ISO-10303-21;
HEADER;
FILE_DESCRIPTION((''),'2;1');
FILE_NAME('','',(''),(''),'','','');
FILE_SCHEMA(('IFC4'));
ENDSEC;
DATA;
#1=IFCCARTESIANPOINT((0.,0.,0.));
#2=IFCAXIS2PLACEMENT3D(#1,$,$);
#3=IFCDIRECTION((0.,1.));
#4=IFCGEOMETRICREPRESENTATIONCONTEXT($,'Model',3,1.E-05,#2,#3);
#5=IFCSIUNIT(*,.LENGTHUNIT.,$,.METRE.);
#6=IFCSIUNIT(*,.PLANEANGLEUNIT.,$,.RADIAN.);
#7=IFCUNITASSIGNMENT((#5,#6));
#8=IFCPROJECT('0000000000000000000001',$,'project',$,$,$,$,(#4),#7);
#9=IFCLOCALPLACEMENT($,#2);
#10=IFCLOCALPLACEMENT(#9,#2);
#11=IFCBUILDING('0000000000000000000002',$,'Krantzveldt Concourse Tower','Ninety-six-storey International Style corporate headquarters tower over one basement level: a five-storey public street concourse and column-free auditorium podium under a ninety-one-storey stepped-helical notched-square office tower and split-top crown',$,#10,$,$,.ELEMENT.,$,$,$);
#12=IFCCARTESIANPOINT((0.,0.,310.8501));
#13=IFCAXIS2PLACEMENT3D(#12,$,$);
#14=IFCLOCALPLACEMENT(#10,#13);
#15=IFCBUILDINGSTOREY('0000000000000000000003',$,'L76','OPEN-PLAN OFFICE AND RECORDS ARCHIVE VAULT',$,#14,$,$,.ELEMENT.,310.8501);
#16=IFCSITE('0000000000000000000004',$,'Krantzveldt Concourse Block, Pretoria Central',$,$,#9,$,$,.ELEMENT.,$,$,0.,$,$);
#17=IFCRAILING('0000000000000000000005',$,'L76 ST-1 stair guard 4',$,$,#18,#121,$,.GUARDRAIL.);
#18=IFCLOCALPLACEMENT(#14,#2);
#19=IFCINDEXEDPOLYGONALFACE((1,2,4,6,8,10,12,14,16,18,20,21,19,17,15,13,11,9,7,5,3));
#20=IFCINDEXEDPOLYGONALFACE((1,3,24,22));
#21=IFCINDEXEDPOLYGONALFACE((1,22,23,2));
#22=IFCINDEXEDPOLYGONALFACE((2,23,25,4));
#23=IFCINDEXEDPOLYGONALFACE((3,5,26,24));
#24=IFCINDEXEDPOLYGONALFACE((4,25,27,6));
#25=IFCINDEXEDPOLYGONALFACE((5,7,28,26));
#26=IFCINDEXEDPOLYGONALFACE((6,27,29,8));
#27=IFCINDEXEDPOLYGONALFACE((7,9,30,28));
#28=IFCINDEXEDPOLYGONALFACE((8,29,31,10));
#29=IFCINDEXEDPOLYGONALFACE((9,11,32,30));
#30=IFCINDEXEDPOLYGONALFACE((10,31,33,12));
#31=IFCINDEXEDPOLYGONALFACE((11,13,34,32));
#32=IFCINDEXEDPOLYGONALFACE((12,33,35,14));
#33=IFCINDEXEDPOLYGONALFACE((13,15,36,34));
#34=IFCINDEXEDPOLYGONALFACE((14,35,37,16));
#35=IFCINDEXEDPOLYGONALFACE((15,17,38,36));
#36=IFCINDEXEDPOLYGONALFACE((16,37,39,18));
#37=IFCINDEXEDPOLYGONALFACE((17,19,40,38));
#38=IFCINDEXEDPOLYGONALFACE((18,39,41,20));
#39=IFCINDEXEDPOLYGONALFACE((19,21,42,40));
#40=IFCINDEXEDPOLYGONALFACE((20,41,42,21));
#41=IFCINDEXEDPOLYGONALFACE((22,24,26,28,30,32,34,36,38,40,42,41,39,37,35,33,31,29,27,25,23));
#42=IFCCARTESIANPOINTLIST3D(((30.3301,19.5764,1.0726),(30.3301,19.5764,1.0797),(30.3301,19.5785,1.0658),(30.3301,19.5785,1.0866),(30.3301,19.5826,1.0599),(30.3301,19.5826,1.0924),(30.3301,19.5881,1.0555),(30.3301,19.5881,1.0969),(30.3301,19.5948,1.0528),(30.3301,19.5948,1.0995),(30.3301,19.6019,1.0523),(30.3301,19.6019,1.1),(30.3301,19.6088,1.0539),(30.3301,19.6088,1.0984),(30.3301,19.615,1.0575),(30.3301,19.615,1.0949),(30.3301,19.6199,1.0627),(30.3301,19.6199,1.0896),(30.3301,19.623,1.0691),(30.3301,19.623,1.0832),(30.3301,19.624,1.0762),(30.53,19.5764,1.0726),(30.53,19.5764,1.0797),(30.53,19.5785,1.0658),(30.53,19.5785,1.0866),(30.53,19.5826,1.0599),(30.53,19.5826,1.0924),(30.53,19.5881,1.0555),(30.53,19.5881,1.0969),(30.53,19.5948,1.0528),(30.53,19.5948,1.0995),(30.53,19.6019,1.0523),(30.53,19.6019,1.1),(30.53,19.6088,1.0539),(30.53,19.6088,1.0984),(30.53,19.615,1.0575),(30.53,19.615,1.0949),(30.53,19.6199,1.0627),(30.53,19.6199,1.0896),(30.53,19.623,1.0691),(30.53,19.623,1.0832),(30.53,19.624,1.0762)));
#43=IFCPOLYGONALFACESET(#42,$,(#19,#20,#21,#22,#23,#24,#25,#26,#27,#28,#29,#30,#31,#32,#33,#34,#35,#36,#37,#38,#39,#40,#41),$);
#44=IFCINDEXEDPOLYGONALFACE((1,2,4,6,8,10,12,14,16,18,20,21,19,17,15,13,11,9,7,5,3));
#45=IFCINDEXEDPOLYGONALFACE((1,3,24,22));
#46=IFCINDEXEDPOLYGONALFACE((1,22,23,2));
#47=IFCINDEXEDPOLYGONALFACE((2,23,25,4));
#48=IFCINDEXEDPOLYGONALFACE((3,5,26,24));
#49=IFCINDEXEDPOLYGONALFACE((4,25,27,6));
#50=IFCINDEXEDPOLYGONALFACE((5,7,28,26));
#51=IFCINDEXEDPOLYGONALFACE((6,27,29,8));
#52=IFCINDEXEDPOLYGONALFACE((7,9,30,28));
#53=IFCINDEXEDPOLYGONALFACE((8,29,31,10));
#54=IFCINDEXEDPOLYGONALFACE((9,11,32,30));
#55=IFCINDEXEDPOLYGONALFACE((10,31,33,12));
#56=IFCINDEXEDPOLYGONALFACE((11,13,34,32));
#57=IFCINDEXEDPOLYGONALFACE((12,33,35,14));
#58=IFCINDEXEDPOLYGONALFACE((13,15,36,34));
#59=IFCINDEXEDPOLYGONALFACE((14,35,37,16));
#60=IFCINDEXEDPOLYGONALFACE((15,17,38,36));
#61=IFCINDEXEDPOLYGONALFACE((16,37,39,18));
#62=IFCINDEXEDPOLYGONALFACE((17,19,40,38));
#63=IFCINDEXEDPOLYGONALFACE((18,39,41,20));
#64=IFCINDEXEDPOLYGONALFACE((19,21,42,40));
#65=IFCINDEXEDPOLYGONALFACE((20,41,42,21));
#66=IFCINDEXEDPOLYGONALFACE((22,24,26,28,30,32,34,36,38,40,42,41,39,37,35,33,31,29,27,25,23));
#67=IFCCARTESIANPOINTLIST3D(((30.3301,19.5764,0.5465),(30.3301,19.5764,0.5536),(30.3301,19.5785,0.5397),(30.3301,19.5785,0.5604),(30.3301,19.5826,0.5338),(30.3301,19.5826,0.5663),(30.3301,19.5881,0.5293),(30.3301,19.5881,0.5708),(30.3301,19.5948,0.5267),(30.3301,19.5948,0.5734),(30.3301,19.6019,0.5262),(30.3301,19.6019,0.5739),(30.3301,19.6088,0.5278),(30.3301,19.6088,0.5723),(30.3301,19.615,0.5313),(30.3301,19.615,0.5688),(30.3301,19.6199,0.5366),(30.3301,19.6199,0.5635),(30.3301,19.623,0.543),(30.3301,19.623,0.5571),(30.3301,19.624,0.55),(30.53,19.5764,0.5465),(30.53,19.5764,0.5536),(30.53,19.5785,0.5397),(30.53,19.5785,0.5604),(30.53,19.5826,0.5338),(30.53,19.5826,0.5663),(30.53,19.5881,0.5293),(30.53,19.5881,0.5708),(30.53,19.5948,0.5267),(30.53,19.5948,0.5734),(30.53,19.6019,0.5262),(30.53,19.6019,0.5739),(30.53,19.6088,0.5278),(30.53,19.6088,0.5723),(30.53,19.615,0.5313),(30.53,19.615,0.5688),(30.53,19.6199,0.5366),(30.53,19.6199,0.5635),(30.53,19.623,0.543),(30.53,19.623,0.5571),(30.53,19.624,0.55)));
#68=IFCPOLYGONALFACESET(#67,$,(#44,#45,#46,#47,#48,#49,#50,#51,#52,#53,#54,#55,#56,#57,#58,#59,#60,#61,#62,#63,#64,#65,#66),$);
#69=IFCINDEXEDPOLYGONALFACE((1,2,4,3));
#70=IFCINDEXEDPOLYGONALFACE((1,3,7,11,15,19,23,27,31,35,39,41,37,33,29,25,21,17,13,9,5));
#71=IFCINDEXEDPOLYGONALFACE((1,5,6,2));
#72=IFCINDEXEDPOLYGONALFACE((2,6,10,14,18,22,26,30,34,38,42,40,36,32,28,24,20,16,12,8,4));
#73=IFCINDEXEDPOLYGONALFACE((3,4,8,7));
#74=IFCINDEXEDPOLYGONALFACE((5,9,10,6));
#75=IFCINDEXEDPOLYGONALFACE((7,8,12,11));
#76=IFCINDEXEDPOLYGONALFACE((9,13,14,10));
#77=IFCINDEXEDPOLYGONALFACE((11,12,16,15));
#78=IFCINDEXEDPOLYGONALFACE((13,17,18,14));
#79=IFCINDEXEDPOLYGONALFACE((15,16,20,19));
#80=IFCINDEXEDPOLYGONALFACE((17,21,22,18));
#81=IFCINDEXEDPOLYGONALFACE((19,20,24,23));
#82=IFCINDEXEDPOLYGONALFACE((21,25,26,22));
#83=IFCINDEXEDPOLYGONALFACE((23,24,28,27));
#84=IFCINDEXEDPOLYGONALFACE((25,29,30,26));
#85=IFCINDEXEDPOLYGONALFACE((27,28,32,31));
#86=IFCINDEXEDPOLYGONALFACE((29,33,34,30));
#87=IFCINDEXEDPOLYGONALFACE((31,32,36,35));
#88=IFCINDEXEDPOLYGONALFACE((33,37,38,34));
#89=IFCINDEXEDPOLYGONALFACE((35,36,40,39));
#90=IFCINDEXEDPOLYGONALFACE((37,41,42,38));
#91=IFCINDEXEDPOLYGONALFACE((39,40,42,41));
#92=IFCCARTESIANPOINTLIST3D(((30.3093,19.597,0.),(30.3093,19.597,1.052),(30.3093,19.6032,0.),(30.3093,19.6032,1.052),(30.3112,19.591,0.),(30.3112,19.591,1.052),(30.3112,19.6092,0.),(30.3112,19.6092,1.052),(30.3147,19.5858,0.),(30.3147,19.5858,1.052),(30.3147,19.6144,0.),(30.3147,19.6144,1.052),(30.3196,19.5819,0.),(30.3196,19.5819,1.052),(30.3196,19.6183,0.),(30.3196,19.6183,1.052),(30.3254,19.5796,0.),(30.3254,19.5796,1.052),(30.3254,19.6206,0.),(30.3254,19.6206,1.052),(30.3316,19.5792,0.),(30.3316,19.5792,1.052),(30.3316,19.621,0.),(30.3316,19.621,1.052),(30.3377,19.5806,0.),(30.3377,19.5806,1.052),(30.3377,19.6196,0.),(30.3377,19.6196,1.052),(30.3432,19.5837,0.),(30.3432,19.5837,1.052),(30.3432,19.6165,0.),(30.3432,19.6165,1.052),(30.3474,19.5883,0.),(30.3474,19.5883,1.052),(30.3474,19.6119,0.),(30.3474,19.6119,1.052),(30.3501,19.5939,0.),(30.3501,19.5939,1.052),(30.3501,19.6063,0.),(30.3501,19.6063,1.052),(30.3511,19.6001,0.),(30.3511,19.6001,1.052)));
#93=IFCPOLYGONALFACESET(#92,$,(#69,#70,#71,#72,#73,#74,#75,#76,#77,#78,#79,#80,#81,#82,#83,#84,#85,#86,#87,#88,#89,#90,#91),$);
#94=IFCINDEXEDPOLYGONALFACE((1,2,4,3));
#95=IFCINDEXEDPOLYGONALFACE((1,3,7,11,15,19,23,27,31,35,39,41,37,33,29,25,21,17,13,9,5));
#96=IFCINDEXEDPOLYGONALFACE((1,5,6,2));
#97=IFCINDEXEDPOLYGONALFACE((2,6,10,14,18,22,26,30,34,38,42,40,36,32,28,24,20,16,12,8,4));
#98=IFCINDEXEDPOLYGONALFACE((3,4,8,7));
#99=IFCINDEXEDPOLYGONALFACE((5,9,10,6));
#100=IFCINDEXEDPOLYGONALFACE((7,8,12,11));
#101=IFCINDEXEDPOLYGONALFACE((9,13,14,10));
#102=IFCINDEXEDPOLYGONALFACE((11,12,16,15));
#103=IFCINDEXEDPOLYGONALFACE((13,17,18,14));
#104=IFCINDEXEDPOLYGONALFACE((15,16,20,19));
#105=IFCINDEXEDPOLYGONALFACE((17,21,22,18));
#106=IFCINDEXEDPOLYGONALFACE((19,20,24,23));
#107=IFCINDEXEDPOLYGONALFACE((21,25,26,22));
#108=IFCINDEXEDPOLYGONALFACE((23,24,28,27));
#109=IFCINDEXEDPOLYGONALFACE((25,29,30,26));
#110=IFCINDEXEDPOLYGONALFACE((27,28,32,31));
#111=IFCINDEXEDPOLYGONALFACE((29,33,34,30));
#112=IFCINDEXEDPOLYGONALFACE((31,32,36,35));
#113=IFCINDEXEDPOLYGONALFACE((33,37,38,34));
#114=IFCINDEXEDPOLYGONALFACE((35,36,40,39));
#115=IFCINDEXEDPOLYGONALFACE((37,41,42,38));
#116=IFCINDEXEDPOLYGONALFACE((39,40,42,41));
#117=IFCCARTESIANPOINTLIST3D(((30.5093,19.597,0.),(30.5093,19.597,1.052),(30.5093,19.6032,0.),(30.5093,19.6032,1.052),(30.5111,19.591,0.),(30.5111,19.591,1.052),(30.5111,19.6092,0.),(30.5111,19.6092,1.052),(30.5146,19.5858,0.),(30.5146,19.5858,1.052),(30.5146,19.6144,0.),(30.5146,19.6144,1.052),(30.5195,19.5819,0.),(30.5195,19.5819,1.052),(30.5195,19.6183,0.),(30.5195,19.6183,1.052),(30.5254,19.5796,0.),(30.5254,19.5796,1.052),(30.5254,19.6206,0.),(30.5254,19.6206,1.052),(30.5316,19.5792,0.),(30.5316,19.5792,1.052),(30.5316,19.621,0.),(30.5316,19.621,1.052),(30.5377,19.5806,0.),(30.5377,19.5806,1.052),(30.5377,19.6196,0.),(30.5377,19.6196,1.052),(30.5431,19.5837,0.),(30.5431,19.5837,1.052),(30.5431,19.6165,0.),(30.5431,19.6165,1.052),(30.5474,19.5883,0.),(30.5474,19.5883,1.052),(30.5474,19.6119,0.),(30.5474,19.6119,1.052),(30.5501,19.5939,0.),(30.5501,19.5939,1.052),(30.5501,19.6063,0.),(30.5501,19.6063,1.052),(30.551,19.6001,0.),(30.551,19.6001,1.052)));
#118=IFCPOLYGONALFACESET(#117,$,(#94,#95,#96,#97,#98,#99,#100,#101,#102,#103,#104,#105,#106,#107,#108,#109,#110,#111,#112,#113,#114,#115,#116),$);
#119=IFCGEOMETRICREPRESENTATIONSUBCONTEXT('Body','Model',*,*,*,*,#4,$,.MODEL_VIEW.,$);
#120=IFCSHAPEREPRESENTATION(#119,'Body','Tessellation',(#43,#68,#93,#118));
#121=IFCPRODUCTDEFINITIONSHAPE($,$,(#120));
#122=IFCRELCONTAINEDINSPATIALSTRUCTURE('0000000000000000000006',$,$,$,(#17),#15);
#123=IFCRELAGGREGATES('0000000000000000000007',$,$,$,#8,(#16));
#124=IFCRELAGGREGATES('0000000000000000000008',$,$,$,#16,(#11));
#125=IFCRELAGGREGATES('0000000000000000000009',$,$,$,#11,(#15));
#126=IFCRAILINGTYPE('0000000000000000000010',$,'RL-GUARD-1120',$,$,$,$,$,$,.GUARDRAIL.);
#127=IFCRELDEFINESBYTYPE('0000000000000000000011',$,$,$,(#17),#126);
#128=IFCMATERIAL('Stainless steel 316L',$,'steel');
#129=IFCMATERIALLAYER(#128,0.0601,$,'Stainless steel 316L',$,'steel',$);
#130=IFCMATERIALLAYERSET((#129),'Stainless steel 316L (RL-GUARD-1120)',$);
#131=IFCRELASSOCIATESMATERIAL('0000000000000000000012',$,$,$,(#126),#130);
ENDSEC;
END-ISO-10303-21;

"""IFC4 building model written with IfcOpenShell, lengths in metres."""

from ifc_helpers import new_model, si_unit, direction, frame, origin, origin_2d, place, context, subcontext, project, spatial, circle, extrude, material, layer, layer_set, type_object, element, save


model = new_model("IFC4")

# Units and contexts
model_context = context("Model", 3, precision=1e-05, world=origin(), true_north=direction((0.0, 1.0)))
body_context = subcontext(model_context, "Body", "Model", "MODEL_VIEW")
ifc_project = project(units=[si_unit("LENGTHUNIT", "METRE"), si_unit("PLANEANGLEUNIT", "RADIAN")], contexts=[model_context])

# Site, building, storey
site_placement = place(None, origin())
site = spatial("IfcSite", under=ifc_project, at=site_placement, Name="Krantzveldt Concourse Block, Pretoria Central", CompositionType="ELEMENT", RefElevation=0.0)
building_placement = place(site_placement, origin())
building = spatial("IfcBuilding", under=site, at=building_placement, Name="Krantzveldt Concourse Tower", Description="Ninety-six-storey International Style corporate headquarters tower over one basement level: a five-storey public street concourse and column-free auditorium podium under a ninety-one-storey stepped-helical notched-square office tower and split-top crown", CompositionType="ELEMENT")
storey_placement = place(building_placement, frame((0.0, 0.0, 310.8501)))
storey = spatial("IfcBuildingStorey", under=building, at=storey_placement, Name="L76", Description="OPEN-PLAN OFFICE AND RECORDS ARCHIVE VAULT", CompositionType="ELEMENT", Elevation=310.8501)

# Shared definitions
ifc_material_1 = material(Name="Stainless steel 316L", Category="steel")

# Railing
ifc_layer_1 = layer(ifc_material_1, 0.0601, Name="Stainless steel 316L", Category="steel")
ifc_layer_set_1 = layer_set([ifc_layer_1], Name="Stainless steel 316L (RL-GUARD-1120)")
railing_type_1 = type_object("IfcRailingType", Name="RL-GUARD-1120", PredefinedType="GUARDRAIL", material=ifc_layer_set_1)
railing_1_placement = place(storey_placement, frame((30.3301, 19.6001, 0.0)))
element("IfcRailing", 1, at=railing_1_placement, inside=storey, type_object=railing_type_1, Name="L76 ST-1 stair guard 4", PredefinedType="GUARDRAIL", context=body_context, shape_type="SweptSolid", body=[
    extrude(circle(Radius=0.0239, at=origin_2d()), frame((0.0, 0.0, 1.0762), z_axis=(1.0, 0.0, 0.0), x_axis=(0.0, 1.0, 0.0)), (0.0, 0.0, 1.0), 0.2),
    extrude(circle(Radius=0.0239, at=origin_2d()), frame((0.0, 0.0, 0.55), z_axis=(1.0, 0.0, 0.0), x_axis=(0.0, 1.0, 0.0)), (0.0, 0.0, 1.0), 0.2),
    extrude(circle(Radius=0.021, at=origin_2d()), origin(), (0.0, 0.0, 1.0), 1.052),
    extrude(circle(Radius=0.021, at=origin_2d()), frame((0.2, 0.0, 0.0)), (0.0, 0.0, 1.0), 1.052),
])

save(model, "model.ifc")
